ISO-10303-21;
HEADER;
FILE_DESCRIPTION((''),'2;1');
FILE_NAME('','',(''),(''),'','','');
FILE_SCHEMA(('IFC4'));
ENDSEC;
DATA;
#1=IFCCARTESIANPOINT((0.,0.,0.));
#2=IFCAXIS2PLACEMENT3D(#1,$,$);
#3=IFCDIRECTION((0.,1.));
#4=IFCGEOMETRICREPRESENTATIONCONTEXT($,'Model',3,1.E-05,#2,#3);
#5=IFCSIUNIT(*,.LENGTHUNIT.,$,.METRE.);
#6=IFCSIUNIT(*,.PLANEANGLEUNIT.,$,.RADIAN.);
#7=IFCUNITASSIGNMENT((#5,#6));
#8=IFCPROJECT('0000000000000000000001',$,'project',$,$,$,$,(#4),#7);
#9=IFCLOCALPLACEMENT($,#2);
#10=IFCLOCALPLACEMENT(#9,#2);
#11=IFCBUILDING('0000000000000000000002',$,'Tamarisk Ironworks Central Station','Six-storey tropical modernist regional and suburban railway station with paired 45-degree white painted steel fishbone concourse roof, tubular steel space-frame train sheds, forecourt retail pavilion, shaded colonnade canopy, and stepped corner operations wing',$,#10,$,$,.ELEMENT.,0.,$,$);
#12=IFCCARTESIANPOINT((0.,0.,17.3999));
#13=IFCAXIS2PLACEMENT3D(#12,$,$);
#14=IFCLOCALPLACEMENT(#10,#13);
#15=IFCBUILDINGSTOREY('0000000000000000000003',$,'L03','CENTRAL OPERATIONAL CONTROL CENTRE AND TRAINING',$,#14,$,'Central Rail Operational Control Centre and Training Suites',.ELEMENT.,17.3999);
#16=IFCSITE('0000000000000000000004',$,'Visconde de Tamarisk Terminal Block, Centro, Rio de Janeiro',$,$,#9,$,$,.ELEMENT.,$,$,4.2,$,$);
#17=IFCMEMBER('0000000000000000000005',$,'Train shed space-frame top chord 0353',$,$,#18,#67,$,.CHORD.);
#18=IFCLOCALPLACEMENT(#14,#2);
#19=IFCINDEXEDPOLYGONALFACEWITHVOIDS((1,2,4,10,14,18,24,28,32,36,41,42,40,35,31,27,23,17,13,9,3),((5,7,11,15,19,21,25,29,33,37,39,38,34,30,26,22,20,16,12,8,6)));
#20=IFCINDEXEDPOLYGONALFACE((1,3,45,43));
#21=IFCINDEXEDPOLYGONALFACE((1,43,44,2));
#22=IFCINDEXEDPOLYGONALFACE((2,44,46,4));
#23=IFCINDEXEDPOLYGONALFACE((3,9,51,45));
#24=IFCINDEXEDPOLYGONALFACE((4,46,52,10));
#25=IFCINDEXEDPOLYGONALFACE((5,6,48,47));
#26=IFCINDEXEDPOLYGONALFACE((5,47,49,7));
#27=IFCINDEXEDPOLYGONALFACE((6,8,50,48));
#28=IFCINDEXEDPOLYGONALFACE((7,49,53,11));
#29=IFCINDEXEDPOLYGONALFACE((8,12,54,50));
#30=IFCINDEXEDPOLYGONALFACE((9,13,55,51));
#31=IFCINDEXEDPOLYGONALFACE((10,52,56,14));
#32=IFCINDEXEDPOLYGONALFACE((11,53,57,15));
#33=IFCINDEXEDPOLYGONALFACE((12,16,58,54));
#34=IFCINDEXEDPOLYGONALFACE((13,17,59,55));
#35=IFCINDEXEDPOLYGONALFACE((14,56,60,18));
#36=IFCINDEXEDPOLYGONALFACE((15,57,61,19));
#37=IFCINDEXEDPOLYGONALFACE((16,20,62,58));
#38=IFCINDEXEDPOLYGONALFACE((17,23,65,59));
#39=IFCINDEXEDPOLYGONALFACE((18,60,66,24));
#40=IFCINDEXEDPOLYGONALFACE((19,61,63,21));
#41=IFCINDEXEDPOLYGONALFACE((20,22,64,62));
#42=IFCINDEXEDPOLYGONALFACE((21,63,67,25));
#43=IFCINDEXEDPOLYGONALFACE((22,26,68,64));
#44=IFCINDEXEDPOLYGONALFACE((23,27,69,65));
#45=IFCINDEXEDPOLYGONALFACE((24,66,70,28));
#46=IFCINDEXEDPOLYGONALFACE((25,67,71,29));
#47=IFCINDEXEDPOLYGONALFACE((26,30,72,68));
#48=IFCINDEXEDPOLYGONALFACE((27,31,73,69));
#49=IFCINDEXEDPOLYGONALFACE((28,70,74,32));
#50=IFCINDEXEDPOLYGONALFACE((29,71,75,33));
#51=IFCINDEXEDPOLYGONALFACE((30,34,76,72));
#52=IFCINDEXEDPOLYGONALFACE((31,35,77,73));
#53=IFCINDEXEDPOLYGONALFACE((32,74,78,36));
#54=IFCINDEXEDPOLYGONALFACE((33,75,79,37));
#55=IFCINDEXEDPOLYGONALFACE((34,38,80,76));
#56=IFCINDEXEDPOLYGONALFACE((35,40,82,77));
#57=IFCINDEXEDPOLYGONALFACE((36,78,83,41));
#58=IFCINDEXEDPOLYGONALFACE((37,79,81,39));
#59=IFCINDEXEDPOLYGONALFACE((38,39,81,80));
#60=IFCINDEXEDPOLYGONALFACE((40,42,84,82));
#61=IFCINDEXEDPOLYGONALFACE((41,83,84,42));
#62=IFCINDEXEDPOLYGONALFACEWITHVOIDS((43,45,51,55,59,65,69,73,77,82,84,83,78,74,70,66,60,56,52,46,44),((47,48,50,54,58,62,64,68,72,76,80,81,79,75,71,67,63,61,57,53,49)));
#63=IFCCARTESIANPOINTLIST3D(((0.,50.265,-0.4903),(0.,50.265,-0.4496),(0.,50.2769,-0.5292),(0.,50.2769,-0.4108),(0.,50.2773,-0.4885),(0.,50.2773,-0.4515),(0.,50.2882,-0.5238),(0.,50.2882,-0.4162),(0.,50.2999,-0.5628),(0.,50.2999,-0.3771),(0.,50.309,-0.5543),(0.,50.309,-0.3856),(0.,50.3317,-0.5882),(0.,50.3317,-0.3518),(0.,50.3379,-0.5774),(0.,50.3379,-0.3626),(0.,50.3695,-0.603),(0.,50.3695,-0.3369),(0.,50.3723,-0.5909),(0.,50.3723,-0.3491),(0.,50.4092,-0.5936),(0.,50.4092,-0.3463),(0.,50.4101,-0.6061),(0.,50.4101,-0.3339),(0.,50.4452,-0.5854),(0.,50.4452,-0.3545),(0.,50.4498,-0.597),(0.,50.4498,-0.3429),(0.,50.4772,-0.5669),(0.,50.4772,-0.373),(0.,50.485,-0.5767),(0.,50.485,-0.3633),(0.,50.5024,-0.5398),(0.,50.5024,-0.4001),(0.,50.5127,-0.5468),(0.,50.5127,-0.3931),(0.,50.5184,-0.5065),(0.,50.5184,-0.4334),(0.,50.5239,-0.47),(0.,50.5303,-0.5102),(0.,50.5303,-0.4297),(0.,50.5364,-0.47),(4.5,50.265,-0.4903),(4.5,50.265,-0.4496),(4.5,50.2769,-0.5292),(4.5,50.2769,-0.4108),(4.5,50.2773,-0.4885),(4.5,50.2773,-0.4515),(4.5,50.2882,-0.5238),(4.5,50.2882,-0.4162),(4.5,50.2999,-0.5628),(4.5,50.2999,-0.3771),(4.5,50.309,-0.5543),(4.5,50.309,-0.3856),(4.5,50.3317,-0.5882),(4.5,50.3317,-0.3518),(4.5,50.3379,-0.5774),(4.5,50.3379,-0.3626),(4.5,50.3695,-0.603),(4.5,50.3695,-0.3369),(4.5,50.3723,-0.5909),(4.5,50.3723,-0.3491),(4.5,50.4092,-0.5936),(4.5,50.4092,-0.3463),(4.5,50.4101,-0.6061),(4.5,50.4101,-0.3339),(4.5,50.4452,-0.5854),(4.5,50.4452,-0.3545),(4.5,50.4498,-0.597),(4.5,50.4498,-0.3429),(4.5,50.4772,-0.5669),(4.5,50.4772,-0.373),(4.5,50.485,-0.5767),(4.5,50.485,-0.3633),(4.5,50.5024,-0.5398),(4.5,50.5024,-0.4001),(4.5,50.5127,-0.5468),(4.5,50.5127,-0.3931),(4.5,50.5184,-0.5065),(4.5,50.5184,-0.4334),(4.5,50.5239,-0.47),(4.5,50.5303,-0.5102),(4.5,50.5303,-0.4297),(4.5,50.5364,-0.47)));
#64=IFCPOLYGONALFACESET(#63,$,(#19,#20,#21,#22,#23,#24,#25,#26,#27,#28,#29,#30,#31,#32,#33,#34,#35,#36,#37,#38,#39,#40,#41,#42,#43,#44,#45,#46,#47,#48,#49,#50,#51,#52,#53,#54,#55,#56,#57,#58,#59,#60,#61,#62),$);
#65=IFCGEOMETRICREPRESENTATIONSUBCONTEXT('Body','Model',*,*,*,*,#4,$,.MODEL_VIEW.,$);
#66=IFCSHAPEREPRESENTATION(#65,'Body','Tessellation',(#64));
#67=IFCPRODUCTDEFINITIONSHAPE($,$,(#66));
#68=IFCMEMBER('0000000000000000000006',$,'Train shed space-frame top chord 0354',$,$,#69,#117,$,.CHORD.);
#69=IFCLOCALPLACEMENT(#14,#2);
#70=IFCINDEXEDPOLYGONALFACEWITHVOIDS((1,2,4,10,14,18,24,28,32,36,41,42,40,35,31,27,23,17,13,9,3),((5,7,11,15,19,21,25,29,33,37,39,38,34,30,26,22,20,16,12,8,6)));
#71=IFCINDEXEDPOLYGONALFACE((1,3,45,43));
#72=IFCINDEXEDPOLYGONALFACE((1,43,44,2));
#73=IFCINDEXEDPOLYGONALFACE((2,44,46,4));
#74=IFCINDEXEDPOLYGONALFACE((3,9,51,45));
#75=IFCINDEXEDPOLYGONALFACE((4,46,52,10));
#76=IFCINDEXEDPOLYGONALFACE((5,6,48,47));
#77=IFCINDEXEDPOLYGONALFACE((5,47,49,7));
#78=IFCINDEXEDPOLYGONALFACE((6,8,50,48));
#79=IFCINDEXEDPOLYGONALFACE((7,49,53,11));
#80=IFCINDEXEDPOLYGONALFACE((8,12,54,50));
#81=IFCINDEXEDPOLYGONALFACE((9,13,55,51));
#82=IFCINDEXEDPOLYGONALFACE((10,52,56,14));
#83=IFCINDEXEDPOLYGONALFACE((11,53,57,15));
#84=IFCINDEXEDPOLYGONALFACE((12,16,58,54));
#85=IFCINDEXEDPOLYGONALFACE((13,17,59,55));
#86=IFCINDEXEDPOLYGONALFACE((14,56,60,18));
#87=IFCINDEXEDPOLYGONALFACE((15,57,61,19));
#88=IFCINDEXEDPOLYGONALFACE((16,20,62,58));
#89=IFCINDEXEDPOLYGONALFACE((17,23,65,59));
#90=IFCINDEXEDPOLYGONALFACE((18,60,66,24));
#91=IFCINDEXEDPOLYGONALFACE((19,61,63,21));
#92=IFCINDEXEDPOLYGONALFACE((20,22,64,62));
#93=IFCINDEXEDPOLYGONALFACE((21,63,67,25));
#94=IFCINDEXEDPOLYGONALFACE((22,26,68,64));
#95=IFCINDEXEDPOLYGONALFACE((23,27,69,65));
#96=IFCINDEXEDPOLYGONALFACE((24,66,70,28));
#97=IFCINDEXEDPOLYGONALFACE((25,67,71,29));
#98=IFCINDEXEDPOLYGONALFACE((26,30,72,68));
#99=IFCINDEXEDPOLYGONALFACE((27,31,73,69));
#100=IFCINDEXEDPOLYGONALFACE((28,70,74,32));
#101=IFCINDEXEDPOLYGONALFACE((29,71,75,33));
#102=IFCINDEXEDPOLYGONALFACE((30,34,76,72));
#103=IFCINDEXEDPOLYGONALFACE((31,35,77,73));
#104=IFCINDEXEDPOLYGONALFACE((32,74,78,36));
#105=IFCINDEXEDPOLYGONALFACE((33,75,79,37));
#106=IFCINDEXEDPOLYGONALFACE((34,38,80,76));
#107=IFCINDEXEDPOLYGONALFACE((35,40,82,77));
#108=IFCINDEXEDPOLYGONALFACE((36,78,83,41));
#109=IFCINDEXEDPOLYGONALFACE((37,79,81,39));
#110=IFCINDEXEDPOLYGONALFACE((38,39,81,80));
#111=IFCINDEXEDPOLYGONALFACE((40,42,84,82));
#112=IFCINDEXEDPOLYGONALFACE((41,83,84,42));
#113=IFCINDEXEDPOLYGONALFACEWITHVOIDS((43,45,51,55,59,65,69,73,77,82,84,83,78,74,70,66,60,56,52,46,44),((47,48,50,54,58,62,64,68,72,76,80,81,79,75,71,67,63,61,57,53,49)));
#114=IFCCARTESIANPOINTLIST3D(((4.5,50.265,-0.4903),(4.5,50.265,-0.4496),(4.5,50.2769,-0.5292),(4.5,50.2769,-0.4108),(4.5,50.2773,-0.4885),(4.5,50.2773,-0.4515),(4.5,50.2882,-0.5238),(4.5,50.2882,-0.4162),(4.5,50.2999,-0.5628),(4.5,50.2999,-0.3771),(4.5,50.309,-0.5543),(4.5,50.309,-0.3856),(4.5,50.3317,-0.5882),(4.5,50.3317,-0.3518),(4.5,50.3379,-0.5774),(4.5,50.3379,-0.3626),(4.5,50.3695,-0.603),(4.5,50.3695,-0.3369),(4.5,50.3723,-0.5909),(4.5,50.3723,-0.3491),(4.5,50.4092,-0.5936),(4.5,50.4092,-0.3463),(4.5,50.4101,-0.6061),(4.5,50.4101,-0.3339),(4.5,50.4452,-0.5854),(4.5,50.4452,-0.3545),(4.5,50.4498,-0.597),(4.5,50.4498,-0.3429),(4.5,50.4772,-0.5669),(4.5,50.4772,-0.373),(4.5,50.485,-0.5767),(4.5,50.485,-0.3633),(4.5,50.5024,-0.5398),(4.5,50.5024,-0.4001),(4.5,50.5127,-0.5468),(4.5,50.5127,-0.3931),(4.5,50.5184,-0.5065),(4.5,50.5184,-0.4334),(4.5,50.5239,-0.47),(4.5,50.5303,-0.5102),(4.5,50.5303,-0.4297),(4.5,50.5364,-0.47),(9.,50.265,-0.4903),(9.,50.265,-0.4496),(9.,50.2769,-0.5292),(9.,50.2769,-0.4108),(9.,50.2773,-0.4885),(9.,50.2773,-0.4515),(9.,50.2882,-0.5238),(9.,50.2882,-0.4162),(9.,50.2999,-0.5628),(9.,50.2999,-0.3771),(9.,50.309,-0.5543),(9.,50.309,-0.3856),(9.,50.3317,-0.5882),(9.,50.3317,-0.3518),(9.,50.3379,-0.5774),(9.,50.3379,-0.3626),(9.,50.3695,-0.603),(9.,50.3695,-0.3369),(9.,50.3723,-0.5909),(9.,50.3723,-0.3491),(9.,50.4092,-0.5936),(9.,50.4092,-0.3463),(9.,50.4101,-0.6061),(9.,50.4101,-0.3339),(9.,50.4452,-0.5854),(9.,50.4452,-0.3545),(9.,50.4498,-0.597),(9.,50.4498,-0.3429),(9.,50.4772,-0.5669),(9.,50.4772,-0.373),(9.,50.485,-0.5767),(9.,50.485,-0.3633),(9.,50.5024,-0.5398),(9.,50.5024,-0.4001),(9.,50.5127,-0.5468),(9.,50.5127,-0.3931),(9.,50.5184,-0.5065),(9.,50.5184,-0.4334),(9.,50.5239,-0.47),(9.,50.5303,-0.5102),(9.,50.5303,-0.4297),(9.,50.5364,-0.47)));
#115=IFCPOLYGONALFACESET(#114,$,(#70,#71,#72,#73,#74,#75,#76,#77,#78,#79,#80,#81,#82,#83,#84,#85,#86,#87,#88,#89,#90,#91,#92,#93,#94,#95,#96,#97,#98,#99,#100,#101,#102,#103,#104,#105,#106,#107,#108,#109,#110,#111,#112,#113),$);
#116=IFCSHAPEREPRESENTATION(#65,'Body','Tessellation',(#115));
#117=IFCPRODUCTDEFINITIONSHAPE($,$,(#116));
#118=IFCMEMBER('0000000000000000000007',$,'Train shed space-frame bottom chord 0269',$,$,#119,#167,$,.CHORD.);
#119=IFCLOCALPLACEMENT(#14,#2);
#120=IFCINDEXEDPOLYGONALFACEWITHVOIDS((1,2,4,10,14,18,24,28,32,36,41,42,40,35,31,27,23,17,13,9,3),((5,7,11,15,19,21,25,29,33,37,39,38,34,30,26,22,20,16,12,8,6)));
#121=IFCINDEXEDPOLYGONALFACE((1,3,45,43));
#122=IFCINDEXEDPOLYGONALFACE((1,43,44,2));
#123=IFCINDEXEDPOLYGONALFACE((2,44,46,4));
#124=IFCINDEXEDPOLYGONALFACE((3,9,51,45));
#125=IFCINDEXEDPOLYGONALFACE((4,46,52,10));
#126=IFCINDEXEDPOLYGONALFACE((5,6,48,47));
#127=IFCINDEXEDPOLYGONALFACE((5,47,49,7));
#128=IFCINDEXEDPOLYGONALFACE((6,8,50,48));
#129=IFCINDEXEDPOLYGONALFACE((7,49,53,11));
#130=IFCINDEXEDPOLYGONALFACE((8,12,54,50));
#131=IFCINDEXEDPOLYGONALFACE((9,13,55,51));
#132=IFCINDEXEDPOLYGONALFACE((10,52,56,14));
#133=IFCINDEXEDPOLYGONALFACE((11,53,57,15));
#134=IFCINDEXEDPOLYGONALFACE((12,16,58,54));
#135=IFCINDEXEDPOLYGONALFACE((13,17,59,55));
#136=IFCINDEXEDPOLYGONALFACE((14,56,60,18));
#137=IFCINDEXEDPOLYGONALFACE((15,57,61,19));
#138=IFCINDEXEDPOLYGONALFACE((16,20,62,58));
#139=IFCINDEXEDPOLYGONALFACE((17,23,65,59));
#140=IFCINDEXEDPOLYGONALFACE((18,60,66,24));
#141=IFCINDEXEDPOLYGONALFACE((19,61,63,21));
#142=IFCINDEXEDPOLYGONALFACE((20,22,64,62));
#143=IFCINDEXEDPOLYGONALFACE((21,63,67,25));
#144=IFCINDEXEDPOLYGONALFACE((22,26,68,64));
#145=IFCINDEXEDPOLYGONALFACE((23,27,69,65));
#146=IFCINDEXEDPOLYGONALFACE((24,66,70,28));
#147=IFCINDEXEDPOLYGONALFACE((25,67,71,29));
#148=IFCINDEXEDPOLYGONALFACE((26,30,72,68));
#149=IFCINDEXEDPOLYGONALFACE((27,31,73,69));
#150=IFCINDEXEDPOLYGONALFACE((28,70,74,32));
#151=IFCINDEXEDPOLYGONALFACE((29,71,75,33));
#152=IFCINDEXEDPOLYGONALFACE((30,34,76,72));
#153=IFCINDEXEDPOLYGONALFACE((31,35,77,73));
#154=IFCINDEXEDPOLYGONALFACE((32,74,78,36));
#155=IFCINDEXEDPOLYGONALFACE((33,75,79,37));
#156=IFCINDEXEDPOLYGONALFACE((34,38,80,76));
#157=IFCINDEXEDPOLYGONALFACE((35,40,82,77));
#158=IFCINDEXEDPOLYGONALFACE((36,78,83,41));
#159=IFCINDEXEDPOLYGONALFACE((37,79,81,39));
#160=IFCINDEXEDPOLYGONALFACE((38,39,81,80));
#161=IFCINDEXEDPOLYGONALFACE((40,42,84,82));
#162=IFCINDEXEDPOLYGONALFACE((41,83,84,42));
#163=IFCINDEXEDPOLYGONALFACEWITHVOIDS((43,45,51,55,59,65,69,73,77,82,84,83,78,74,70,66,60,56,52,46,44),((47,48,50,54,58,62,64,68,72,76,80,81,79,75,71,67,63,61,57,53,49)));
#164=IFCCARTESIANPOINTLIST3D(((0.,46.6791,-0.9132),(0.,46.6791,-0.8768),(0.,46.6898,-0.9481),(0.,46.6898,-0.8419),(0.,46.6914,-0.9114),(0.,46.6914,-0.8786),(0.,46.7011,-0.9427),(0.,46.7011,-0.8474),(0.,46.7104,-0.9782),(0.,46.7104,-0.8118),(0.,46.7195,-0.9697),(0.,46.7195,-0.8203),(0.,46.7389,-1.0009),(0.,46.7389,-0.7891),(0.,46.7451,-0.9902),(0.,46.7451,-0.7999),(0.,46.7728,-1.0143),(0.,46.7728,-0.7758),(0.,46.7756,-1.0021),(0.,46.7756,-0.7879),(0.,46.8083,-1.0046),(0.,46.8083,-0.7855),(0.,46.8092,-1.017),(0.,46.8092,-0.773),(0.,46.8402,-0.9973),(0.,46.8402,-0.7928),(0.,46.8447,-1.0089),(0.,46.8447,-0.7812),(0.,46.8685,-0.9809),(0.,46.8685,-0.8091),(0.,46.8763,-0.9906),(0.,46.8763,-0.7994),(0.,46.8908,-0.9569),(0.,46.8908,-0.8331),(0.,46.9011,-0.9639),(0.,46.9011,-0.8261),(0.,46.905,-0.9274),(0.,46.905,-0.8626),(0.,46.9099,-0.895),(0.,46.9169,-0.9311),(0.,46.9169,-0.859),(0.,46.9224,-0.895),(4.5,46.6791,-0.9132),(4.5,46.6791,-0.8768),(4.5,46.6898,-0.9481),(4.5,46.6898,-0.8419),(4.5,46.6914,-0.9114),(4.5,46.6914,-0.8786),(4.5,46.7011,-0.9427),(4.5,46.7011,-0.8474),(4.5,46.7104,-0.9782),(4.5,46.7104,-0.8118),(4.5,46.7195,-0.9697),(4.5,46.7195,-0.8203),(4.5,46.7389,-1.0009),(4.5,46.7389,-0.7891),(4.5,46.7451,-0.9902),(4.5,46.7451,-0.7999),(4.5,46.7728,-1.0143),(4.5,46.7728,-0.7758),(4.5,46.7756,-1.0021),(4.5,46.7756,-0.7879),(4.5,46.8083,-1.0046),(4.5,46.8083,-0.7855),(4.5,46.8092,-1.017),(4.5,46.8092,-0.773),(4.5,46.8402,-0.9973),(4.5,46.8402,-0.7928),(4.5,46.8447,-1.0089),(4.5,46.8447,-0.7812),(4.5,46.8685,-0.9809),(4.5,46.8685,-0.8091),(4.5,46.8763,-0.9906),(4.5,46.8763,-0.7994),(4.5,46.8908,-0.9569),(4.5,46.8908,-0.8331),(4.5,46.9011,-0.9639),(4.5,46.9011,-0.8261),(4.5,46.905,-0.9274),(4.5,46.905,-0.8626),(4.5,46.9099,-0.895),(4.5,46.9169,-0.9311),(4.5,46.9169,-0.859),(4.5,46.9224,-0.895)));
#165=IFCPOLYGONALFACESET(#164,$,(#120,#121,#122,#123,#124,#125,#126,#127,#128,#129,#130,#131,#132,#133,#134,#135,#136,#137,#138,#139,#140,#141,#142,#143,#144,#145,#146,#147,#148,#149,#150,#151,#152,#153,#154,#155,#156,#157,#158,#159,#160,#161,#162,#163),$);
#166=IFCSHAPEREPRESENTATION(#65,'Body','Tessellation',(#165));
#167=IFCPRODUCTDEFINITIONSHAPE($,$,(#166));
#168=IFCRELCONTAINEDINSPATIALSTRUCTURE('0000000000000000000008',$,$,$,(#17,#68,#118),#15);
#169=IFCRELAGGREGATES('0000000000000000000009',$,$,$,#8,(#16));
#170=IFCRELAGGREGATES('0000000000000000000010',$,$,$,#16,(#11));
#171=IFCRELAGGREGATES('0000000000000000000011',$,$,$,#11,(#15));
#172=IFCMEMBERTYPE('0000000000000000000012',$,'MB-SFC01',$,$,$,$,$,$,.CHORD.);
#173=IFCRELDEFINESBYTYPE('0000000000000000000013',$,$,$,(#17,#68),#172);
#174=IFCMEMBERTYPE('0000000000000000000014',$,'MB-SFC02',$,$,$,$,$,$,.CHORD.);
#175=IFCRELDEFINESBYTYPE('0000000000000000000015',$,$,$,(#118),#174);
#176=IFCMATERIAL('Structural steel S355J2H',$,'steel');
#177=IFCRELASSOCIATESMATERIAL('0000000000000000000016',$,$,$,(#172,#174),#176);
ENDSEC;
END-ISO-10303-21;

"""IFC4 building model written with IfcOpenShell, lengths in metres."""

from ifc_helpers import new_model, si_unit, direction, frame, origin, origin_2d, place, context, subcontext, project, spatial, hollow_circle, extrude, material, material_profile, profile_set, type_object, element, save


model = new_model("IFC4")

# Units and contexts
model_context = context("Model", 3, precision=1e-05, world=origin(), true_north=direction((0.0, 1.0)))
body_context = subcontext(model_context, "Body", "Model", "MODEL_VIEW")
ifc_project = project(units=[si_unit("LENGTHUNIT", "METRE"), si_unit("PLANEANGLEUNIT", "RADIAN")], contexts=[model_context])

# Site, building, storey
site_placement = place(None, origin())
site = spatial("IfcSite", under=ifc_project, at=site_placement, Name="Visconde de Tamarisk Terminal Block, Centro, Rio de Janeiro", CompositionType="ELEMENT", RefElevation=4.2)
building_placement = place(site_placement, origin())
building = spatial("IfcBuilding", under=site, at=building_placement, Name="Tamarisk Ironworks Central Station", Description="Six-storey tropical modernist regional and suburban railway station with paired 45-degree white painted steel fishbone concourse roof, tubular steel space-frame train sheds, forecourt retail pavilion, shaded colonnade canopy, and stepped corner operations wing", CompositionType="ELEMENT", ElevationOfRefHeight=0.0)
storey_placement = place(building_placement, frame((0.0, 0.0, 17.3999)))
storey = spatial("IfcBuildingStorey", under=building, at=storey_placement, Name="L03", Description="CENTRAL OPERATIONAL CONTROL CENTRE AND TRAINING", LongName="Central Rail Operational Control Centre and Training Suites", CompositionType="ELEMENT", Elevation=17.3999)

# Members
ifc_material_1 = material(Name="Structural steel S355J2H", Category="steel")
ifc_material_profile_1 = material_profile(ifc_material_1, hollow_circle(Radius=0.1365, WallThickness=0.0125, at=origin_2d()), Name="CHS 273x12.5")
ifc_profile_set_1 = profile_set([ifc_material_profile_1], Name="Structural steel S355J2H")
member_type_1 = type_object("IfcMemberType", Name="MB-SFC01", PredefinedType="CHORD", material=ifc_profile_set_1)
for number, where, z_axis, x_axis, name in (
    (1, (0.0, 50.3999, -0.47), (1.0, 0.0, 0.0), (0.0, 1.0, 0.0), "Train shed space-frame top chord 0353"),
    (2, (4.5, 50.3999, -0.47), (1.0, 0.0, 0.0), (0.0, 1.0, 0.0), "Train shed space-frame top chord 0354"),
):
    element("IfcMember", number, at=place(storey_placement, frame(where, z_axis=z_axis, x_axis=x_axis)), inside=storey, type_object=member_type_1, Name=name, PredefinedType="CHORD", context=body_context, shape_type="SweptSolid", body=[
        extrude(hollow_circle(Radius=0.1365, WallThickness=0.0125, at=origin_2d()), origin(), (0.0, 0.0, 1.0), 4.5),
    ])
ifc_material_profile_2 = material_profile(ifc_material_1, hollow_circle(Radius=0.1223, WallThickness=0.0125, at=origin_2d()), Name="CHS 244.5x12.5")
ifc_profile_set_2 = profile_set([ifc_material_profile_2], Name="Structural steel S355J2H")
member_type_2 = type_object("IfcMemberType", Name="MB-SFC02", PredefinedType="CHORD", material=ifc_profile_set_2)
for number, where, z_axis, x_axis, name in (
    (3, (0.0, 46.8, -0.895), (1.0, 0.0, 0.0), (0.0, 1.0, 0.0), "Train shed space-frame bottom chord 0269"),
):
    element("IfcMember", number, at=place(storey_placement, frame(where, z_axis=z_axis, x_axis=x_axis)), inside=storey, type_object=member_type_2, Name=name, PredefinedType="CHORD", context=body_context, shape_type="SweptSolid", body=[
        extrude(hollow_circle(Radius=0.1223, WallThickness=0.0125, at=origin_2d()), origin(), (0.0, 0.0, 1.0), 4.5),
    ])

save(model, "model.ifc")
